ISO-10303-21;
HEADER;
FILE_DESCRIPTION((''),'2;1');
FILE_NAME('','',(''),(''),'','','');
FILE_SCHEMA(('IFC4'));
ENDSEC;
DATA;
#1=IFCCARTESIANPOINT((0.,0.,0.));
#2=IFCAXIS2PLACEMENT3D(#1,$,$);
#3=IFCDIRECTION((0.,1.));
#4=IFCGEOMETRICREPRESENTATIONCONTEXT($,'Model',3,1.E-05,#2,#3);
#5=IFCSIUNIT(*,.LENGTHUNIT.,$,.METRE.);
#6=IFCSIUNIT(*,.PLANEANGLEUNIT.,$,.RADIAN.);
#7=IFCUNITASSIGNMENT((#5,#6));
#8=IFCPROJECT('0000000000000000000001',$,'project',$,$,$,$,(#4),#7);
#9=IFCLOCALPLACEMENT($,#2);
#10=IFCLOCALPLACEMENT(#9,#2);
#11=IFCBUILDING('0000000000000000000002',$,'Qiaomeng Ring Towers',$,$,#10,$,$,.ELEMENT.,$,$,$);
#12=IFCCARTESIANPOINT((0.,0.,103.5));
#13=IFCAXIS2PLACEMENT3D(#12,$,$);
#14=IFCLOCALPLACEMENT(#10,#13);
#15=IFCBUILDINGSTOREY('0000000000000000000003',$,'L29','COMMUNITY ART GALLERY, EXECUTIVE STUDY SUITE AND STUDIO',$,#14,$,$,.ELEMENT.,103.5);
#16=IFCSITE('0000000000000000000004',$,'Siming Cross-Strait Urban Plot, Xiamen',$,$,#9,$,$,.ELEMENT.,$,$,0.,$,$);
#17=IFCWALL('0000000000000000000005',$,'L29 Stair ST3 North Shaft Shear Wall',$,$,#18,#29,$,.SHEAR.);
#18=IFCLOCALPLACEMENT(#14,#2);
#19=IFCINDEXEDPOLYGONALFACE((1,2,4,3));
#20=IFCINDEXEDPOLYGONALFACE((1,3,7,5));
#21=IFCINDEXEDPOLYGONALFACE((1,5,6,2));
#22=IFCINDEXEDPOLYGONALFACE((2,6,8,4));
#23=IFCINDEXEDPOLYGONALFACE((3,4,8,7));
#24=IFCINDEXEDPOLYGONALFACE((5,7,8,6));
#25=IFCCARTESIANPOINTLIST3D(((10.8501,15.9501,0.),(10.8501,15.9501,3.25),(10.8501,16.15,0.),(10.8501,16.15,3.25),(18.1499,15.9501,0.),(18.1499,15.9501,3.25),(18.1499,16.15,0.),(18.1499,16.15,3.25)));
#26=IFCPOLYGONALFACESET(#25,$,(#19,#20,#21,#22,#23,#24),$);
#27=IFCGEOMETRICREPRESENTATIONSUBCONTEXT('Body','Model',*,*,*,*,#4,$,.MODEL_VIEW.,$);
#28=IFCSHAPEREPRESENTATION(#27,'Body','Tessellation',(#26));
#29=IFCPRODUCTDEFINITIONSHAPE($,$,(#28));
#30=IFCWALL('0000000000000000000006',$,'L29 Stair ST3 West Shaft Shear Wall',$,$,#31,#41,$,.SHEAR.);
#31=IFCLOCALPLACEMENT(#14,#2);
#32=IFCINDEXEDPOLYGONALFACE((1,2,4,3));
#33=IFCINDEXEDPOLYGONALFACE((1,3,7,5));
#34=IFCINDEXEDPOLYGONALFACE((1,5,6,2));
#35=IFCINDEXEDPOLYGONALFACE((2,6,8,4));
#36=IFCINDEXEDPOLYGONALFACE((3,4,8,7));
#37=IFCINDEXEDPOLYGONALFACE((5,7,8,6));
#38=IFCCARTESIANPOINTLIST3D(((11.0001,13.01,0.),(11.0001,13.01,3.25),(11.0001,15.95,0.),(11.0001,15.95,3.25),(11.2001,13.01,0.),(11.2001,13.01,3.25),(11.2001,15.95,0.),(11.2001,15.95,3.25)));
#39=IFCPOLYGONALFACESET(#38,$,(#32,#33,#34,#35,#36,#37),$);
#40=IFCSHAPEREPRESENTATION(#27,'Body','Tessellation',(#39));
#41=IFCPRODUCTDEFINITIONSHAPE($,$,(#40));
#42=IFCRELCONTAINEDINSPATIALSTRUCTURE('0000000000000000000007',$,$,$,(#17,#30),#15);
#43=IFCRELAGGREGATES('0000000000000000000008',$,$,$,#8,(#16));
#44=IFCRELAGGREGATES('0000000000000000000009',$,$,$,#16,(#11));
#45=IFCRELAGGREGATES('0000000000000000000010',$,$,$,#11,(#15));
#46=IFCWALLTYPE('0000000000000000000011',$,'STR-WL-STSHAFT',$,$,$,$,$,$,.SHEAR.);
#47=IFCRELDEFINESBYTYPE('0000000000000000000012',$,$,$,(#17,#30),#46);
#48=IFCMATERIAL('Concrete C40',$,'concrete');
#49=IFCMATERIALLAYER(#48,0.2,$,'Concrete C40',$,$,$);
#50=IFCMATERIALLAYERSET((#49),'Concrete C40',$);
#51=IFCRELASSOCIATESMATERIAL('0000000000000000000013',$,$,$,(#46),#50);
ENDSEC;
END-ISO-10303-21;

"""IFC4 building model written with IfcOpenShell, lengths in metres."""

from ifc_helpers import new_model, si_unit, direction, frame, frame_2d, origin, place, context, subcontext, project, spatial, rectangle, extrude, material, layer, layer_set, type_object, element, save


model = new_model("IFC4")

# Units and contexts
model_context = context("Model", 3, precision=1e-05, world=origin(), true_north=direction((0.0, 1.0)))
body_context = subcontext(model_context, "Body", "Model", "MODEL_VIEW")
ifc_project = project(units=[si_unit("LENGTHUNIT", "METRE"), si_unit("PLANEANGLEUNIT", "RADIAN")], contexts=[model_context])

# Site, building, storey
site_placement = place(None, origin())
site = spatial("IfcSite", under=ifc_project, at=site_placement, Name="Siming Cross-Strait Urban Plot, Xiamen", CompositionType="ELEMENT", RefElevation=0.0)
building_placement = place(site_placement, origin())
building = spatial("IfcBuilding", under=site, at=building_placement, Name="Qiaomeng Ring Towers", CompositionType="ELEMENT")
storey_placement = place(building_placement, frame((0.0, 0.0, 103.5)))
storey = spatial("IfcBuildingStorey", under=building, at=storey_placement, Name="L29", Description="COMMUNITY ART GALLERY, EXECUTIVE STUDY SUITE AND STUDIO", CompositionType="ELEMENT", Elevation=103.5)

# Shared definitions
ifc_material_1 = material(Name="Concrete C40", Category="concrete")
ifc_layer_1 = layer(ifc_material_1, 0.2, Name="Concrete C40")
ifc_layer_set_1 = layer_set([ifc_layer_1], Name="Concrete C40")
wall_type_1 = type_object("IfcWallType", Name="STR-WL-STSHAFT", PredefinedType="SHEAR", material=ifc_layer_set_1)

# Walls
wall_1_placement = place(storey_placement, frame((10.8501, 16.05, 0.0), z_axis=(0.0, 0.0, 1.0), x_axis=(1.0, 0.0, 0.0)))
element("IfcWall", 1, at=wall_1_placement, inside=storey, type_object=wall_type_1, Name="L29 Stair ST3 North Shaft Shear Wall", PredefinedType="SHEAR", context=body_context, shape_type="SweptSolid", body=[
    extrude(rectangle(XDim=7.2998, YDim=0.2, at=frame_2d((3.6499, 0.0))), origin(), (0.0, 0.0, 1.0), 3.25),
])
wall_2_placement = place(storey_placement, frame((11.1001, 13.01, 0.0), z_axis=(0.0, 0.0, 1.0), x_axis=(0.0, 1.0, 0.0)))
element("IfcWall", 2, at=wall_2_placement, inside=storey, type_object=wall_type_1, Name="L29 Stair ST3 West Shaft Shear Wall", PredefinedType="SHEAR", context=body_context, shape_type="SweptSolid", body=[
    extrude(rectangle(XDim=2.9399, YDim=0.2, at=frame_2d((1.47, 0.0))), origin(), (0.0, 0.0, 1.0), 3.25),
])

save(model, "model.ifc")
